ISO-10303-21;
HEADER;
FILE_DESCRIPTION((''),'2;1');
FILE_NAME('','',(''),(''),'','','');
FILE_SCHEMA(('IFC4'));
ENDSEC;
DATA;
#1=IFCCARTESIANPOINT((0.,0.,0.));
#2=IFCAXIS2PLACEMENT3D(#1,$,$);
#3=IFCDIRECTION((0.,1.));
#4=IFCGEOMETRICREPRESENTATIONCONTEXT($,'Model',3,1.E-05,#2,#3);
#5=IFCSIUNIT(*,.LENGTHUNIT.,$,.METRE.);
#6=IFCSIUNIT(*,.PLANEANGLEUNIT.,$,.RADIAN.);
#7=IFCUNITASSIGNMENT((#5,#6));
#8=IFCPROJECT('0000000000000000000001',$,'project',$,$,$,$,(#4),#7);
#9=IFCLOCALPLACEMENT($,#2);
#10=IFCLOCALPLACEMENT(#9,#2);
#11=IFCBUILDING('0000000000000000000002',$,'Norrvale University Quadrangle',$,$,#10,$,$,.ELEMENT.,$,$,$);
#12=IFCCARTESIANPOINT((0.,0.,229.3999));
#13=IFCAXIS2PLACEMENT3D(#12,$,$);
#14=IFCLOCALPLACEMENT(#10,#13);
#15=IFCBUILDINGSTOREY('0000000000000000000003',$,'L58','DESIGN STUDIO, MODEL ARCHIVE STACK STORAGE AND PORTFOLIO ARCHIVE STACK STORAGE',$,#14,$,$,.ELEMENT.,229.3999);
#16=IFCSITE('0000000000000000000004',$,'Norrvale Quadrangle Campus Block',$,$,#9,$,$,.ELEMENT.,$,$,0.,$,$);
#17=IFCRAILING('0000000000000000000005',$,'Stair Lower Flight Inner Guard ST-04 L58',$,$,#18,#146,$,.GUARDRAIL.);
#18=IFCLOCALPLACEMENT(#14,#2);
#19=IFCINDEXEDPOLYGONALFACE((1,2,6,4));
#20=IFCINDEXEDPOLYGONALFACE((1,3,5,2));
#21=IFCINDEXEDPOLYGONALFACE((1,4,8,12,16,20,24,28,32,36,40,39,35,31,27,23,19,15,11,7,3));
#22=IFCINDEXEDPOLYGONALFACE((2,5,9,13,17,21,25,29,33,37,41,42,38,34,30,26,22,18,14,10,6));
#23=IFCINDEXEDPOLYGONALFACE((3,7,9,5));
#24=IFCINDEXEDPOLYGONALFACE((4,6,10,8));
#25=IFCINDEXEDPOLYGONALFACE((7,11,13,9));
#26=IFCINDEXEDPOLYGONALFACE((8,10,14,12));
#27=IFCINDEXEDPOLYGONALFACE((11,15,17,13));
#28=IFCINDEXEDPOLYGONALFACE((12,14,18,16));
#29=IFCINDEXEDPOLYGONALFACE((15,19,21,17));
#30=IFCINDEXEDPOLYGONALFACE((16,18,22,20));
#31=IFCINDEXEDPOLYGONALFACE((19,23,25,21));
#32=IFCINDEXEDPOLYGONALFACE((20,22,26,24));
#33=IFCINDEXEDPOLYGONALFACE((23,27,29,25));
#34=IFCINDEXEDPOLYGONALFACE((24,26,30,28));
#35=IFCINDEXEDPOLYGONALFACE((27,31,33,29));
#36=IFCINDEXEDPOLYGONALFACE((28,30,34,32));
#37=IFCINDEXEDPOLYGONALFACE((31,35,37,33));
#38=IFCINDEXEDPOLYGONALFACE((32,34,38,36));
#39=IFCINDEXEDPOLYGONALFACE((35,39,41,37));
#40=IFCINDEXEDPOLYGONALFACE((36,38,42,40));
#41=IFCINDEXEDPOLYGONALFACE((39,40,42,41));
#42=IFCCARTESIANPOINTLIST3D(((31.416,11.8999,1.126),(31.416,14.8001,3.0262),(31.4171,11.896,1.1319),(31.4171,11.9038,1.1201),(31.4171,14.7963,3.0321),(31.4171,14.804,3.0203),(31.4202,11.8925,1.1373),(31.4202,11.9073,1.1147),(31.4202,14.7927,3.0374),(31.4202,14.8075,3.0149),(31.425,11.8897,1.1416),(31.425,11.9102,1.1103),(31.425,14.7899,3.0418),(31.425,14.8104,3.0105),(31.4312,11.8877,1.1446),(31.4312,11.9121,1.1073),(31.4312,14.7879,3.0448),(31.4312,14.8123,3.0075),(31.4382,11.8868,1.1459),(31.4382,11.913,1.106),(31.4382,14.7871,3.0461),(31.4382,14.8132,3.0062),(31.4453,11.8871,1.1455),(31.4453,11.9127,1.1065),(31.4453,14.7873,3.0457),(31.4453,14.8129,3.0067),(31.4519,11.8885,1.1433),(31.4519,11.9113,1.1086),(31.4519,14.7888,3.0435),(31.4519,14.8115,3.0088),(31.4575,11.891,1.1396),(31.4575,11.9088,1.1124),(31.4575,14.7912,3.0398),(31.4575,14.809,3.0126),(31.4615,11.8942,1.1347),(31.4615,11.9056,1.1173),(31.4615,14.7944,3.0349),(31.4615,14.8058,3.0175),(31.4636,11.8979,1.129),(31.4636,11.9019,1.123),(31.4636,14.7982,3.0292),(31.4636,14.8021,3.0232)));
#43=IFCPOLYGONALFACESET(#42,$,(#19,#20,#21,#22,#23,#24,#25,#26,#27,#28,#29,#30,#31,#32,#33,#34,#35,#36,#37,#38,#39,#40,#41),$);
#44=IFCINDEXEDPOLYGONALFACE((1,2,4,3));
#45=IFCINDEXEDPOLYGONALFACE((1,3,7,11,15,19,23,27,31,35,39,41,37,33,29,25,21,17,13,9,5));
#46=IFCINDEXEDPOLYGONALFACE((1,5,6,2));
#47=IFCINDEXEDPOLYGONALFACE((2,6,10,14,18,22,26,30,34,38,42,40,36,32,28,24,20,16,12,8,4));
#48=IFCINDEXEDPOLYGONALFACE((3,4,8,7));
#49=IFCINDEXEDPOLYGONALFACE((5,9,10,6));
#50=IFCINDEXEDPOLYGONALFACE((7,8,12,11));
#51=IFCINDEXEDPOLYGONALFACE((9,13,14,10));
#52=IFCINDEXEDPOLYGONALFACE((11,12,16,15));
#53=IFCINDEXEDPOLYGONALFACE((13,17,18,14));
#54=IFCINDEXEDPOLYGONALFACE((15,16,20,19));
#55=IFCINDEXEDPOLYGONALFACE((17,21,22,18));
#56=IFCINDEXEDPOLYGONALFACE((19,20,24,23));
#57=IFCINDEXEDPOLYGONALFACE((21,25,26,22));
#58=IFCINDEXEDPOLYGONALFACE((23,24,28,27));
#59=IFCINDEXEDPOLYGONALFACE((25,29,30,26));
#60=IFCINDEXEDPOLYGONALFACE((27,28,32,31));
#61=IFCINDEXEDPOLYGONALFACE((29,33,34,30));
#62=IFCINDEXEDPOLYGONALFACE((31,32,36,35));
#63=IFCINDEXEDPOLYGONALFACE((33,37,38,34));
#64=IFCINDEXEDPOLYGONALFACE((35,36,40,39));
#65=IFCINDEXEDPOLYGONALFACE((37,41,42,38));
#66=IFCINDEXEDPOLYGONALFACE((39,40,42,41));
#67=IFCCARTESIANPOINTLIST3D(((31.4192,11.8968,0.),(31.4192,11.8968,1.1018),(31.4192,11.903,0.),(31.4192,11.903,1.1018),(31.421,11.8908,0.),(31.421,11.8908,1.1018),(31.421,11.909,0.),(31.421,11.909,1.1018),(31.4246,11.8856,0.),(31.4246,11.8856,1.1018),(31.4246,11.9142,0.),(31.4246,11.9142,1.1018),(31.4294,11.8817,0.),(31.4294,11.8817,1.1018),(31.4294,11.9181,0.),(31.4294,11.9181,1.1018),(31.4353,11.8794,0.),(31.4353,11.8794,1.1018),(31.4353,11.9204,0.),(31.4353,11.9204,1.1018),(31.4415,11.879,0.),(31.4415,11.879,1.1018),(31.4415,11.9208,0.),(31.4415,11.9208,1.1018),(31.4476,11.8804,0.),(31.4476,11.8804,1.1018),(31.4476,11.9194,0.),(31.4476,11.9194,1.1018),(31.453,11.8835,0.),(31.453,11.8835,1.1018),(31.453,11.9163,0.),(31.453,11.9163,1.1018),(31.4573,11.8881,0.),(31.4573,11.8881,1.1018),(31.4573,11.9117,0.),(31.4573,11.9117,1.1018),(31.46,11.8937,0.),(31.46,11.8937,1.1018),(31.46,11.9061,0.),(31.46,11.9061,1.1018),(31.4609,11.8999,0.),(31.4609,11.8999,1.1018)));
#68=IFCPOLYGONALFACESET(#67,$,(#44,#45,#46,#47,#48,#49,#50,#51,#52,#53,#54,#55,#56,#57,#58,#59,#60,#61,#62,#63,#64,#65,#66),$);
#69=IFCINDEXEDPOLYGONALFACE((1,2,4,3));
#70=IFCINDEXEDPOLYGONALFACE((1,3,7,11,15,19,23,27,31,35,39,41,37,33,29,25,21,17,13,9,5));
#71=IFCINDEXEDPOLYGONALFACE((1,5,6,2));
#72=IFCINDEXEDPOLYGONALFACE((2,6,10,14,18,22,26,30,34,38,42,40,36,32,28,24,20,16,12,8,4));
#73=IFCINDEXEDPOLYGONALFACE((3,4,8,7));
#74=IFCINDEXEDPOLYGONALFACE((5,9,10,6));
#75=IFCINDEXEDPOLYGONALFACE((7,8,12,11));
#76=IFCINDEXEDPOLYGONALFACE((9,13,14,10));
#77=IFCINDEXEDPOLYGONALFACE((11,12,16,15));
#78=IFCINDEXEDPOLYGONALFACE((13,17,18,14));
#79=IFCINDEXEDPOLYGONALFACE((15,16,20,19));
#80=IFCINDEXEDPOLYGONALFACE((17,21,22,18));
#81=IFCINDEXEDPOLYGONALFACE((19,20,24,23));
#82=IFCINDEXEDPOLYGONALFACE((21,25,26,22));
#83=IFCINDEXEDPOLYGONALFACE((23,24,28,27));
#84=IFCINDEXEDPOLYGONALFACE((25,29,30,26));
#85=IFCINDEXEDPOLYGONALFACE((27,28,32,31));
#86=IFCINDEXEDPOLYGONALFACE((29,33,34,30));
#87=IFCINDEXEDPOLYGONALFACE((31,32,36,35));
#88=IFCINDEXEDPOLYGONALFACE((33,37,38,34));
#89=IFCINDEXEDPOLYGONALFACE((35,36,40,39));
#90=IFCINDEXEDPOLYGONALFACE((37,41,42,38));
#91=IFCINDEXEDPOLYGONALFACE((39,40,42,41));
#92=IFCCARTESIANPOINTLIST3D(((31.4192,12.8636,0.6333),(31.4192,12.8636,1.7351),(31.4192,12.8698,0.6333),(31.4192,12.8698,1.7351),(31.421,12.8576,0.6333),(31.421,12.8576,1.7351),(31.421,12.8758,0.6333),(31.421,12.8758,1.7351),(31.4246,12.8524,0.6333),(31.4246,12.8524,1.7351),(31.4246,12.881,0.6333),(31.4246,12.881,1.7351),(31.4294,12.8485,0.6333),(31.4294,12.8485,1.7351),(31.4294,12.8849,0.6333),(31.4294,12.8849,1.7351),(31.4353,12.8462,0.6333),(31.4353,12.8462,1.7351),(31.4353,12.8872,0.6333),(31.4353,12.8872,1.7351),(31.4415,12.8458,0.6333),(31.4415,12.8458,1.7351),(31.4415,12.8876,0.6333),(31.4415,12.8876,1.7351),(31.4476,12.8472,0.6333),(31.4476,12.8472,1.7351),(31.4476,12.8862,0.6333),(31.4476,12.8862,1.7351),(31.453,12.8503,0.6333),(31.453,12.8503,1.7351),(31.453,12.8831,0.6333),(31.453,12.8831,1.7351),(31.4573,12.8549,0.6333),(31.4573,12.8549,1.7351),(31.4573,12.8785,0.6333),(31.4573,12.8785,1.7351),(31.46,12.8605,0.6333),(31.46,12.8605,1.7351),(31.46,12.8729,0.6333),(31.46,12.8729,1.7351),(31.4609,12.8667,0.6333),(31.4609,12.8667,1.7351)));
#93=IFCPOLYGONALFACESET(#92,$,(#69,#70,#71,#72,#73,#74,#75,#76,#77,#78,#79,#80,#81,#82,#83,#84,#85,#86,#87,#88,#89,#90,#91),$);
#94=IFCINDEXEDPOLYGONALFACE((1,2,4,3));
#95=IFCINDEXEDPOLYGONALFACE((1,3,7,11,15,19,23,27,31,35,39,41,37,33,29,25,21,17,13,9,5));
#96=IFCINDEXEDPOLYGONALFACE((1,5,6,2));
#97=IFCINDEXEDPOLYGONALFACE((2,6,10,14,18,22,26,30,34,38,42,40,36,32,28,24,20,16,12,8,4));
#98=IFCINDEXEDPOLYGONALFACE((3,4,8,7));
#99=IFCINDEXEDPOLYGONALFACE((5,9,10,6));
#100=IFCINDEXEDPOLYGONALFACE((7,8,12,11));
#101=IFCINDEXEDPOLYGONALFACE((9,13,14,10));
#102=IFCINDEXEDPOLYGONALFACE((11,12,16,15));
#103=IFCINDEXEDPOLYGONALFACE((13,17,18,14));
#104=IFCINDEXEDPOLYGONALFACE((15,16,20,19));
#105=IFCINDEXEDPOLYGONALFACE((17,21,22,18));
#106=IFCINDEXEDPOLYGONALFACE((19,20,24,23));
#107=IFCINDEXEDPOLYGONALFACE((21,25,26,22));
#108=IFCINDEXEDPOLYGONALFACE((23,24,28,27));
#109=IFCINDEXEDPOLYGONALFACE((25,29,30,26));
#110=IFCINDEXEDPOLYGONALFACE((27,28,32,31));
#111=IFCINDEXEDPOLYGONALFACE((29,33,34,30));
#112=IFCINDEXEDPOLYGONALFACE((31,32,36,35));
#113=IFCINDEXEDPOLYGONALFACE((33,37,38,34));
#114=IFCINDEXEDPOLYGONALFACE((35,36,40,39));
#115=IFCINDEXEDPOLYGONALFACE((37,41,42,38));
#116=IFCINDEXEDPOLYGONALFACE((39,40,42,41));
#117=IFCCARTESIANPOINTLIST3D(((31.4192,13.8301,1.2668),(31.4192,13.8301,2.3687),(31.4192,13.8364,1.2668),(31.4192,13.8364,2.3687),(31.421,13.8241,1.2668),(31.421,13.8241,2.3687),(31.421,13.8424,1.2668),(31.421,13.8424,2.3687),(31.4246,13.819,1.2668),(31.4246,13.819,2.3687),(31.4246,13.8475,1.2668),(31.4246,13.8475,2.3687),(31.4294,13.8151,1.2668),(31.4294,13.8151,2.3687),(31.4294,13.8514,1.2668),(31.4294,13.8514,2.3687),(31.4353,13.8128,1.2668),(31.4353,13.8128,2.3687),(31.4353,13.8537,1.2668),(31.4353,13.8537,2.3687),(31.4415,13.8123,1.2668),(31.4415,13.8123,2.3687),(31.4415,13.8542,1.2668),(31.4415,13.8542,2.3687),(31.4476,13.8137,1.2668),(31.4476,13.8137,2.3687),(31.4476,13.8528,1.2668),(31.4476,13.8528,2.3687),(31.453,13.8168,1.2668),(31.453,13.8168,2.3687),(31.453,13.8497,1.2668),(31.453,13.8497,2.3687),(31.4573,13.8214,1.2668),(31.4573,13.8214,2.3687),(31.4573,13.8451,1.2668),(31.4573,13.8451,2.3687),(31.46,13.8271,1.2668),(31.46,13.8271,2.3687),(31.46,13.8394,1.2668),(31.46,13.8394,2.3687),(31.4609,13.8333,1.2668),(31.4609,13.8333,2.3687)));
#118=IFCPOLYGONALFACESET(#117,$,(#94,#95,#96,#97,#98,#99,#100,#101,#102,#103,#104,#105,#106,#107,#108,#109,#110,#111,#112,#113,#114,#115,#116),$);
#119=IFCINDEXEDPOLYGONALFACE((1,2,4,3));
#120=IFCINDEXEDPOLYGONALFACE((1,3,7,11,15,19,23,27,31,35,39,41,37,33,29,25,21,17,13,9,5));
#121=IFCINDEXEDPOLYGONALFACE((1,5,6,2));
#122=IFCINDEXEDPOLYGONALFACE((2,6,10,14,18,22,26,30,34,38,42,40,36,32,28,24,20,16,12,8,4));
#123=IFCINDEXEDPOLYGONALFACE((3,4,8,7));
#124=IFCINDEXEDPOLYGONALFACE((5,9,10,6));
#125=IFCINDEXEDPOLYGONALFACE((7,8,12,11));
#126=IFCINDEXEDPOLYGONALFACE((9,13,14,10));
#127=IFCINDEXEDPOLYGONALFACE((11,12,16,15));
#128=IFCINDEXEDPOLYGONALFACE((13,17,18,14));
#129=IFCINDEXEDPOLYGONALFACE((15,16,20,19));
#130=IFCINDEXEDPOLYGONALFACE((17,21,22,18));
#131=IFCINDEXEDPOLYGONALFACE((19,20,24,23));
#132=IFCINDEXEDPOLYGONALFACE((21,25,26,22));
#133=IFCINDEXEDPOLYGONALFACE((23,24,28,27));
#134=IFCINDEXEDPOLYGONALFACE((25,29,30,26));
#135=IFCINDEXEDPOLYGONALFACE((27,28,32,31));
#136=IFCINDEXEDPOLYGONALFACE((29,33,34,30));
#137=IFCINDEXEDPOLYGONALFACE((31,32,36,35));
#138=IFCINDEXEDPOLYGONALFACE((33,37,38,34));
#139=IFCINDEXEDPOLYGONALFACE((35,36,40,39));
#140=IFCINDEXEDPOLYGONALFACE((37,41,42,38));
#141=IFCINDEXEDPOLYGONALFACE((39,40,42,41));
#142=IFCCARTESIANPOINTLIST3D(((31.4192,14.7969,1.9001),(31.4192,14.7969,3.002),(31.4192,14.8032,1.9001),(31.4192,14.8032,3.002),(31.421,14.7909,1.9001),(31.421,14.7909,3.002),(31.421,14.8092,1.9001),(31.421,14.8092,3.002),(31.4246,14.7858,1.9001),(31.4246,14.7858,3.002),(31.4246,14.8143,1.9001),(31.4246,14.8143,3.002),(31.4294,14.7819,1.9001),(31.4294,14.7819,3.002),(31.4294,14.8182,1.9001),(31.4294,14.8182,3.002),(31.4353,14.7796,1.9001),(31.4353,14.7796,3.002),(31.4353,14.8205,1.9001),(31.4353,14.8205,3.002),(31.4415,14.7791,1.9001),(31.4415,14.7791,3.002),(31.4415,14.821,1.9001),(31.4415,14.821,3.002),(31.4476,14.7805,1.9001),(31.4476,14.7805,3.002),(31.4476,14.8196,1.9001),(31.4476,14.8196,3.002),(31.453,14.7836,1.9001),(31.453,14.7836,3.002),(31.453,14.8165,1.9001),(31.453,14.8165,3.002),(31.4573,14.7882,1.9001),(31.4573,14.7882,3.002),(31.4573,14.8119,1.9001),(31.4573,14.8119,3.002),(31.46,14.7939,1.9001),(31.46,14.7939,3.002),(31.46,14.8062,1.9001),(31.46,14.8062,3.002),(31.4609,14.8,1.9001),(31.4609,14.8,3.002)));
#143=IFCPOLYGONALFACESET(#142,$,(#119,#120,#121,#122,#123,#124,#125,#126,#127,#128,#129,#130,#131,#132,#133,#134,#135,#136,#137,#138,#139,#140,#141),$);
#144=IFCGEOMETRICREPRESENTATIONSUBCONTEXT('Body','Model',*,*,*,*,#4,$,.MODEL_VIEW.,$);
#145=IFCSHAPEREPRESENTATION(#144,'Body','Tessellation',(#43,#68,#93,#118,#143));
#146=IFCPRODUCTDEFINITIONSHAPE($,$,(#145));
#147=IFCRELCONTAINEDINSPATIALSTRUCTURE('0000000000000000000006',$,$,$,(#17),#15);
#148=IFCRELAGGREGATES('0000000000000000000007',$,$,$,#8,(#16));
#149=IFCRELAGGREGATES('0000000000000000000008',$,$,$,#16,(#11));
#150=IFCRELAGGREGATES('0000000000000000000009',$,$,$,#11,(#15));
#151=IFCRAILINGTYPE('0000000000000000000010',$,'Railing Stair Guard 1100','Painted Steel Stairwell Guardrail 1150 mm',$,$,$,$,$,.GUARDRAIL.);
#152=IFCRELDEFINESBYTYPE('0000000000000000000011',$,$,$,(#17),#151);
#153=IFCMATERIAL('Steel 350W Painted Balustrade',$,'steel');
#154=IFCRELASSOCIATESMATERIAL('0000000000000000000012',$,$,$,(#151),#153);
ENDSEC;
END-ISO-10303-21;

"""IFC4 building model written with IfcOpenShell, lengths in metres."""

from ifc_helpers import new_model, si_unit, direction, frame, origin, origin_2d, place, context, subcontext, project, spatial, circle, extrude, material, type_object, element, save


model = new_model("IFC4")

# Units and contexts
model_context = context("Model", 3, precision=1e-05, world=origin(), true_north=direction((0.0, 1.0)))
body_context = subcontext(model_context, "Body", "Model", "MODEL_VIEW")
ifc_project = project(units=[si_unit("LENGTHUNIT", "METRE"), si_unit("PLANEANGLEUNIT", "RADIAN")], contexts=[model_context])

# Site, building, storey
site_placement = place(None, origin())
site = spatial("IfcSite", under=ifc_project, at=site_placement, Name="Norrvale Quadrangle Campus Block", CompositionType="ELEMENT", RefElevation=0.0)
building_placement = place(site_placement, origin())
building = spatial("IfcBuilding", under=site, at=building_placement, Name="Norrvale University Quadrangle", CompositionType="ELEMENT")
storey_placement = place(building_placement, frame((0.0, 0.0, 229.3999)))
storey = spatial("IfcBuildingStorey", under=building, at=storey_placement, Name="L58", Description="DESIGN STUDIO, MODEL ARCHIVE STACK STORAGE AND PORTFOLIO ARCHIVE STACK STORAGE", CompositionType="ELEMENT", Elevation=229.3999)

# Railing
ifc_material_1 = material(Name="Steel 350W Painted Balustrade", Category="steel")
railing_type_1 = type_object("IfcRailingType", Name="Railing Stair Guard 1100", Description="Painted Steel Stairwell Guardrail 1150 mm", PredefinedType="GUARDRAIL", material=ifc_material_1)
railing_1_placement = place(storey_placement, frame((31.4399, 11.8999, 0.0)))
element("IfcRailing", 1, at=railing_1_placement, inside=storey, type_object=railing_type_1, Name="Stair Lower Flight Inner Guard ST-04 L58", PredefinedType="GUARDRAIL", context=body_context, shape_type="SweptSolid", body=[
    extrude(circle(Radius=0.0239, at=origin_2d()), frame((0.0, 0.0, 1.126), z_axis=(0.0, 0.836454, 0.548036), x_axis=(-1.0, 0.0, 0.0)), (0.0, 0.0, 1.0), 3.4673),
    extrude(circle(Radius=0.021, at=origin_2d()), origin(), (0.0, 0.0, 1.0), 1.1018),
    extrude(circle(Radius=0.021, at=origin_2d()), frame((0.0, 0.9668, 0.6333)), (0.0, 0.0, 1.0), 1.1018),
    extrude(circle(Radius=0.021, at=origin_2d()), frame((0.0, 1.9333, 1.2668)), (0.0, 0.0, 1.0), 1.1018),
    extrude(circle(Radius=0.021, at=origin_2d()), frame((0.0, 2.9001, 1.9001)), (0.0, 0.0, 1.0), 1.1018),
])

save(model, "model.ifc")
